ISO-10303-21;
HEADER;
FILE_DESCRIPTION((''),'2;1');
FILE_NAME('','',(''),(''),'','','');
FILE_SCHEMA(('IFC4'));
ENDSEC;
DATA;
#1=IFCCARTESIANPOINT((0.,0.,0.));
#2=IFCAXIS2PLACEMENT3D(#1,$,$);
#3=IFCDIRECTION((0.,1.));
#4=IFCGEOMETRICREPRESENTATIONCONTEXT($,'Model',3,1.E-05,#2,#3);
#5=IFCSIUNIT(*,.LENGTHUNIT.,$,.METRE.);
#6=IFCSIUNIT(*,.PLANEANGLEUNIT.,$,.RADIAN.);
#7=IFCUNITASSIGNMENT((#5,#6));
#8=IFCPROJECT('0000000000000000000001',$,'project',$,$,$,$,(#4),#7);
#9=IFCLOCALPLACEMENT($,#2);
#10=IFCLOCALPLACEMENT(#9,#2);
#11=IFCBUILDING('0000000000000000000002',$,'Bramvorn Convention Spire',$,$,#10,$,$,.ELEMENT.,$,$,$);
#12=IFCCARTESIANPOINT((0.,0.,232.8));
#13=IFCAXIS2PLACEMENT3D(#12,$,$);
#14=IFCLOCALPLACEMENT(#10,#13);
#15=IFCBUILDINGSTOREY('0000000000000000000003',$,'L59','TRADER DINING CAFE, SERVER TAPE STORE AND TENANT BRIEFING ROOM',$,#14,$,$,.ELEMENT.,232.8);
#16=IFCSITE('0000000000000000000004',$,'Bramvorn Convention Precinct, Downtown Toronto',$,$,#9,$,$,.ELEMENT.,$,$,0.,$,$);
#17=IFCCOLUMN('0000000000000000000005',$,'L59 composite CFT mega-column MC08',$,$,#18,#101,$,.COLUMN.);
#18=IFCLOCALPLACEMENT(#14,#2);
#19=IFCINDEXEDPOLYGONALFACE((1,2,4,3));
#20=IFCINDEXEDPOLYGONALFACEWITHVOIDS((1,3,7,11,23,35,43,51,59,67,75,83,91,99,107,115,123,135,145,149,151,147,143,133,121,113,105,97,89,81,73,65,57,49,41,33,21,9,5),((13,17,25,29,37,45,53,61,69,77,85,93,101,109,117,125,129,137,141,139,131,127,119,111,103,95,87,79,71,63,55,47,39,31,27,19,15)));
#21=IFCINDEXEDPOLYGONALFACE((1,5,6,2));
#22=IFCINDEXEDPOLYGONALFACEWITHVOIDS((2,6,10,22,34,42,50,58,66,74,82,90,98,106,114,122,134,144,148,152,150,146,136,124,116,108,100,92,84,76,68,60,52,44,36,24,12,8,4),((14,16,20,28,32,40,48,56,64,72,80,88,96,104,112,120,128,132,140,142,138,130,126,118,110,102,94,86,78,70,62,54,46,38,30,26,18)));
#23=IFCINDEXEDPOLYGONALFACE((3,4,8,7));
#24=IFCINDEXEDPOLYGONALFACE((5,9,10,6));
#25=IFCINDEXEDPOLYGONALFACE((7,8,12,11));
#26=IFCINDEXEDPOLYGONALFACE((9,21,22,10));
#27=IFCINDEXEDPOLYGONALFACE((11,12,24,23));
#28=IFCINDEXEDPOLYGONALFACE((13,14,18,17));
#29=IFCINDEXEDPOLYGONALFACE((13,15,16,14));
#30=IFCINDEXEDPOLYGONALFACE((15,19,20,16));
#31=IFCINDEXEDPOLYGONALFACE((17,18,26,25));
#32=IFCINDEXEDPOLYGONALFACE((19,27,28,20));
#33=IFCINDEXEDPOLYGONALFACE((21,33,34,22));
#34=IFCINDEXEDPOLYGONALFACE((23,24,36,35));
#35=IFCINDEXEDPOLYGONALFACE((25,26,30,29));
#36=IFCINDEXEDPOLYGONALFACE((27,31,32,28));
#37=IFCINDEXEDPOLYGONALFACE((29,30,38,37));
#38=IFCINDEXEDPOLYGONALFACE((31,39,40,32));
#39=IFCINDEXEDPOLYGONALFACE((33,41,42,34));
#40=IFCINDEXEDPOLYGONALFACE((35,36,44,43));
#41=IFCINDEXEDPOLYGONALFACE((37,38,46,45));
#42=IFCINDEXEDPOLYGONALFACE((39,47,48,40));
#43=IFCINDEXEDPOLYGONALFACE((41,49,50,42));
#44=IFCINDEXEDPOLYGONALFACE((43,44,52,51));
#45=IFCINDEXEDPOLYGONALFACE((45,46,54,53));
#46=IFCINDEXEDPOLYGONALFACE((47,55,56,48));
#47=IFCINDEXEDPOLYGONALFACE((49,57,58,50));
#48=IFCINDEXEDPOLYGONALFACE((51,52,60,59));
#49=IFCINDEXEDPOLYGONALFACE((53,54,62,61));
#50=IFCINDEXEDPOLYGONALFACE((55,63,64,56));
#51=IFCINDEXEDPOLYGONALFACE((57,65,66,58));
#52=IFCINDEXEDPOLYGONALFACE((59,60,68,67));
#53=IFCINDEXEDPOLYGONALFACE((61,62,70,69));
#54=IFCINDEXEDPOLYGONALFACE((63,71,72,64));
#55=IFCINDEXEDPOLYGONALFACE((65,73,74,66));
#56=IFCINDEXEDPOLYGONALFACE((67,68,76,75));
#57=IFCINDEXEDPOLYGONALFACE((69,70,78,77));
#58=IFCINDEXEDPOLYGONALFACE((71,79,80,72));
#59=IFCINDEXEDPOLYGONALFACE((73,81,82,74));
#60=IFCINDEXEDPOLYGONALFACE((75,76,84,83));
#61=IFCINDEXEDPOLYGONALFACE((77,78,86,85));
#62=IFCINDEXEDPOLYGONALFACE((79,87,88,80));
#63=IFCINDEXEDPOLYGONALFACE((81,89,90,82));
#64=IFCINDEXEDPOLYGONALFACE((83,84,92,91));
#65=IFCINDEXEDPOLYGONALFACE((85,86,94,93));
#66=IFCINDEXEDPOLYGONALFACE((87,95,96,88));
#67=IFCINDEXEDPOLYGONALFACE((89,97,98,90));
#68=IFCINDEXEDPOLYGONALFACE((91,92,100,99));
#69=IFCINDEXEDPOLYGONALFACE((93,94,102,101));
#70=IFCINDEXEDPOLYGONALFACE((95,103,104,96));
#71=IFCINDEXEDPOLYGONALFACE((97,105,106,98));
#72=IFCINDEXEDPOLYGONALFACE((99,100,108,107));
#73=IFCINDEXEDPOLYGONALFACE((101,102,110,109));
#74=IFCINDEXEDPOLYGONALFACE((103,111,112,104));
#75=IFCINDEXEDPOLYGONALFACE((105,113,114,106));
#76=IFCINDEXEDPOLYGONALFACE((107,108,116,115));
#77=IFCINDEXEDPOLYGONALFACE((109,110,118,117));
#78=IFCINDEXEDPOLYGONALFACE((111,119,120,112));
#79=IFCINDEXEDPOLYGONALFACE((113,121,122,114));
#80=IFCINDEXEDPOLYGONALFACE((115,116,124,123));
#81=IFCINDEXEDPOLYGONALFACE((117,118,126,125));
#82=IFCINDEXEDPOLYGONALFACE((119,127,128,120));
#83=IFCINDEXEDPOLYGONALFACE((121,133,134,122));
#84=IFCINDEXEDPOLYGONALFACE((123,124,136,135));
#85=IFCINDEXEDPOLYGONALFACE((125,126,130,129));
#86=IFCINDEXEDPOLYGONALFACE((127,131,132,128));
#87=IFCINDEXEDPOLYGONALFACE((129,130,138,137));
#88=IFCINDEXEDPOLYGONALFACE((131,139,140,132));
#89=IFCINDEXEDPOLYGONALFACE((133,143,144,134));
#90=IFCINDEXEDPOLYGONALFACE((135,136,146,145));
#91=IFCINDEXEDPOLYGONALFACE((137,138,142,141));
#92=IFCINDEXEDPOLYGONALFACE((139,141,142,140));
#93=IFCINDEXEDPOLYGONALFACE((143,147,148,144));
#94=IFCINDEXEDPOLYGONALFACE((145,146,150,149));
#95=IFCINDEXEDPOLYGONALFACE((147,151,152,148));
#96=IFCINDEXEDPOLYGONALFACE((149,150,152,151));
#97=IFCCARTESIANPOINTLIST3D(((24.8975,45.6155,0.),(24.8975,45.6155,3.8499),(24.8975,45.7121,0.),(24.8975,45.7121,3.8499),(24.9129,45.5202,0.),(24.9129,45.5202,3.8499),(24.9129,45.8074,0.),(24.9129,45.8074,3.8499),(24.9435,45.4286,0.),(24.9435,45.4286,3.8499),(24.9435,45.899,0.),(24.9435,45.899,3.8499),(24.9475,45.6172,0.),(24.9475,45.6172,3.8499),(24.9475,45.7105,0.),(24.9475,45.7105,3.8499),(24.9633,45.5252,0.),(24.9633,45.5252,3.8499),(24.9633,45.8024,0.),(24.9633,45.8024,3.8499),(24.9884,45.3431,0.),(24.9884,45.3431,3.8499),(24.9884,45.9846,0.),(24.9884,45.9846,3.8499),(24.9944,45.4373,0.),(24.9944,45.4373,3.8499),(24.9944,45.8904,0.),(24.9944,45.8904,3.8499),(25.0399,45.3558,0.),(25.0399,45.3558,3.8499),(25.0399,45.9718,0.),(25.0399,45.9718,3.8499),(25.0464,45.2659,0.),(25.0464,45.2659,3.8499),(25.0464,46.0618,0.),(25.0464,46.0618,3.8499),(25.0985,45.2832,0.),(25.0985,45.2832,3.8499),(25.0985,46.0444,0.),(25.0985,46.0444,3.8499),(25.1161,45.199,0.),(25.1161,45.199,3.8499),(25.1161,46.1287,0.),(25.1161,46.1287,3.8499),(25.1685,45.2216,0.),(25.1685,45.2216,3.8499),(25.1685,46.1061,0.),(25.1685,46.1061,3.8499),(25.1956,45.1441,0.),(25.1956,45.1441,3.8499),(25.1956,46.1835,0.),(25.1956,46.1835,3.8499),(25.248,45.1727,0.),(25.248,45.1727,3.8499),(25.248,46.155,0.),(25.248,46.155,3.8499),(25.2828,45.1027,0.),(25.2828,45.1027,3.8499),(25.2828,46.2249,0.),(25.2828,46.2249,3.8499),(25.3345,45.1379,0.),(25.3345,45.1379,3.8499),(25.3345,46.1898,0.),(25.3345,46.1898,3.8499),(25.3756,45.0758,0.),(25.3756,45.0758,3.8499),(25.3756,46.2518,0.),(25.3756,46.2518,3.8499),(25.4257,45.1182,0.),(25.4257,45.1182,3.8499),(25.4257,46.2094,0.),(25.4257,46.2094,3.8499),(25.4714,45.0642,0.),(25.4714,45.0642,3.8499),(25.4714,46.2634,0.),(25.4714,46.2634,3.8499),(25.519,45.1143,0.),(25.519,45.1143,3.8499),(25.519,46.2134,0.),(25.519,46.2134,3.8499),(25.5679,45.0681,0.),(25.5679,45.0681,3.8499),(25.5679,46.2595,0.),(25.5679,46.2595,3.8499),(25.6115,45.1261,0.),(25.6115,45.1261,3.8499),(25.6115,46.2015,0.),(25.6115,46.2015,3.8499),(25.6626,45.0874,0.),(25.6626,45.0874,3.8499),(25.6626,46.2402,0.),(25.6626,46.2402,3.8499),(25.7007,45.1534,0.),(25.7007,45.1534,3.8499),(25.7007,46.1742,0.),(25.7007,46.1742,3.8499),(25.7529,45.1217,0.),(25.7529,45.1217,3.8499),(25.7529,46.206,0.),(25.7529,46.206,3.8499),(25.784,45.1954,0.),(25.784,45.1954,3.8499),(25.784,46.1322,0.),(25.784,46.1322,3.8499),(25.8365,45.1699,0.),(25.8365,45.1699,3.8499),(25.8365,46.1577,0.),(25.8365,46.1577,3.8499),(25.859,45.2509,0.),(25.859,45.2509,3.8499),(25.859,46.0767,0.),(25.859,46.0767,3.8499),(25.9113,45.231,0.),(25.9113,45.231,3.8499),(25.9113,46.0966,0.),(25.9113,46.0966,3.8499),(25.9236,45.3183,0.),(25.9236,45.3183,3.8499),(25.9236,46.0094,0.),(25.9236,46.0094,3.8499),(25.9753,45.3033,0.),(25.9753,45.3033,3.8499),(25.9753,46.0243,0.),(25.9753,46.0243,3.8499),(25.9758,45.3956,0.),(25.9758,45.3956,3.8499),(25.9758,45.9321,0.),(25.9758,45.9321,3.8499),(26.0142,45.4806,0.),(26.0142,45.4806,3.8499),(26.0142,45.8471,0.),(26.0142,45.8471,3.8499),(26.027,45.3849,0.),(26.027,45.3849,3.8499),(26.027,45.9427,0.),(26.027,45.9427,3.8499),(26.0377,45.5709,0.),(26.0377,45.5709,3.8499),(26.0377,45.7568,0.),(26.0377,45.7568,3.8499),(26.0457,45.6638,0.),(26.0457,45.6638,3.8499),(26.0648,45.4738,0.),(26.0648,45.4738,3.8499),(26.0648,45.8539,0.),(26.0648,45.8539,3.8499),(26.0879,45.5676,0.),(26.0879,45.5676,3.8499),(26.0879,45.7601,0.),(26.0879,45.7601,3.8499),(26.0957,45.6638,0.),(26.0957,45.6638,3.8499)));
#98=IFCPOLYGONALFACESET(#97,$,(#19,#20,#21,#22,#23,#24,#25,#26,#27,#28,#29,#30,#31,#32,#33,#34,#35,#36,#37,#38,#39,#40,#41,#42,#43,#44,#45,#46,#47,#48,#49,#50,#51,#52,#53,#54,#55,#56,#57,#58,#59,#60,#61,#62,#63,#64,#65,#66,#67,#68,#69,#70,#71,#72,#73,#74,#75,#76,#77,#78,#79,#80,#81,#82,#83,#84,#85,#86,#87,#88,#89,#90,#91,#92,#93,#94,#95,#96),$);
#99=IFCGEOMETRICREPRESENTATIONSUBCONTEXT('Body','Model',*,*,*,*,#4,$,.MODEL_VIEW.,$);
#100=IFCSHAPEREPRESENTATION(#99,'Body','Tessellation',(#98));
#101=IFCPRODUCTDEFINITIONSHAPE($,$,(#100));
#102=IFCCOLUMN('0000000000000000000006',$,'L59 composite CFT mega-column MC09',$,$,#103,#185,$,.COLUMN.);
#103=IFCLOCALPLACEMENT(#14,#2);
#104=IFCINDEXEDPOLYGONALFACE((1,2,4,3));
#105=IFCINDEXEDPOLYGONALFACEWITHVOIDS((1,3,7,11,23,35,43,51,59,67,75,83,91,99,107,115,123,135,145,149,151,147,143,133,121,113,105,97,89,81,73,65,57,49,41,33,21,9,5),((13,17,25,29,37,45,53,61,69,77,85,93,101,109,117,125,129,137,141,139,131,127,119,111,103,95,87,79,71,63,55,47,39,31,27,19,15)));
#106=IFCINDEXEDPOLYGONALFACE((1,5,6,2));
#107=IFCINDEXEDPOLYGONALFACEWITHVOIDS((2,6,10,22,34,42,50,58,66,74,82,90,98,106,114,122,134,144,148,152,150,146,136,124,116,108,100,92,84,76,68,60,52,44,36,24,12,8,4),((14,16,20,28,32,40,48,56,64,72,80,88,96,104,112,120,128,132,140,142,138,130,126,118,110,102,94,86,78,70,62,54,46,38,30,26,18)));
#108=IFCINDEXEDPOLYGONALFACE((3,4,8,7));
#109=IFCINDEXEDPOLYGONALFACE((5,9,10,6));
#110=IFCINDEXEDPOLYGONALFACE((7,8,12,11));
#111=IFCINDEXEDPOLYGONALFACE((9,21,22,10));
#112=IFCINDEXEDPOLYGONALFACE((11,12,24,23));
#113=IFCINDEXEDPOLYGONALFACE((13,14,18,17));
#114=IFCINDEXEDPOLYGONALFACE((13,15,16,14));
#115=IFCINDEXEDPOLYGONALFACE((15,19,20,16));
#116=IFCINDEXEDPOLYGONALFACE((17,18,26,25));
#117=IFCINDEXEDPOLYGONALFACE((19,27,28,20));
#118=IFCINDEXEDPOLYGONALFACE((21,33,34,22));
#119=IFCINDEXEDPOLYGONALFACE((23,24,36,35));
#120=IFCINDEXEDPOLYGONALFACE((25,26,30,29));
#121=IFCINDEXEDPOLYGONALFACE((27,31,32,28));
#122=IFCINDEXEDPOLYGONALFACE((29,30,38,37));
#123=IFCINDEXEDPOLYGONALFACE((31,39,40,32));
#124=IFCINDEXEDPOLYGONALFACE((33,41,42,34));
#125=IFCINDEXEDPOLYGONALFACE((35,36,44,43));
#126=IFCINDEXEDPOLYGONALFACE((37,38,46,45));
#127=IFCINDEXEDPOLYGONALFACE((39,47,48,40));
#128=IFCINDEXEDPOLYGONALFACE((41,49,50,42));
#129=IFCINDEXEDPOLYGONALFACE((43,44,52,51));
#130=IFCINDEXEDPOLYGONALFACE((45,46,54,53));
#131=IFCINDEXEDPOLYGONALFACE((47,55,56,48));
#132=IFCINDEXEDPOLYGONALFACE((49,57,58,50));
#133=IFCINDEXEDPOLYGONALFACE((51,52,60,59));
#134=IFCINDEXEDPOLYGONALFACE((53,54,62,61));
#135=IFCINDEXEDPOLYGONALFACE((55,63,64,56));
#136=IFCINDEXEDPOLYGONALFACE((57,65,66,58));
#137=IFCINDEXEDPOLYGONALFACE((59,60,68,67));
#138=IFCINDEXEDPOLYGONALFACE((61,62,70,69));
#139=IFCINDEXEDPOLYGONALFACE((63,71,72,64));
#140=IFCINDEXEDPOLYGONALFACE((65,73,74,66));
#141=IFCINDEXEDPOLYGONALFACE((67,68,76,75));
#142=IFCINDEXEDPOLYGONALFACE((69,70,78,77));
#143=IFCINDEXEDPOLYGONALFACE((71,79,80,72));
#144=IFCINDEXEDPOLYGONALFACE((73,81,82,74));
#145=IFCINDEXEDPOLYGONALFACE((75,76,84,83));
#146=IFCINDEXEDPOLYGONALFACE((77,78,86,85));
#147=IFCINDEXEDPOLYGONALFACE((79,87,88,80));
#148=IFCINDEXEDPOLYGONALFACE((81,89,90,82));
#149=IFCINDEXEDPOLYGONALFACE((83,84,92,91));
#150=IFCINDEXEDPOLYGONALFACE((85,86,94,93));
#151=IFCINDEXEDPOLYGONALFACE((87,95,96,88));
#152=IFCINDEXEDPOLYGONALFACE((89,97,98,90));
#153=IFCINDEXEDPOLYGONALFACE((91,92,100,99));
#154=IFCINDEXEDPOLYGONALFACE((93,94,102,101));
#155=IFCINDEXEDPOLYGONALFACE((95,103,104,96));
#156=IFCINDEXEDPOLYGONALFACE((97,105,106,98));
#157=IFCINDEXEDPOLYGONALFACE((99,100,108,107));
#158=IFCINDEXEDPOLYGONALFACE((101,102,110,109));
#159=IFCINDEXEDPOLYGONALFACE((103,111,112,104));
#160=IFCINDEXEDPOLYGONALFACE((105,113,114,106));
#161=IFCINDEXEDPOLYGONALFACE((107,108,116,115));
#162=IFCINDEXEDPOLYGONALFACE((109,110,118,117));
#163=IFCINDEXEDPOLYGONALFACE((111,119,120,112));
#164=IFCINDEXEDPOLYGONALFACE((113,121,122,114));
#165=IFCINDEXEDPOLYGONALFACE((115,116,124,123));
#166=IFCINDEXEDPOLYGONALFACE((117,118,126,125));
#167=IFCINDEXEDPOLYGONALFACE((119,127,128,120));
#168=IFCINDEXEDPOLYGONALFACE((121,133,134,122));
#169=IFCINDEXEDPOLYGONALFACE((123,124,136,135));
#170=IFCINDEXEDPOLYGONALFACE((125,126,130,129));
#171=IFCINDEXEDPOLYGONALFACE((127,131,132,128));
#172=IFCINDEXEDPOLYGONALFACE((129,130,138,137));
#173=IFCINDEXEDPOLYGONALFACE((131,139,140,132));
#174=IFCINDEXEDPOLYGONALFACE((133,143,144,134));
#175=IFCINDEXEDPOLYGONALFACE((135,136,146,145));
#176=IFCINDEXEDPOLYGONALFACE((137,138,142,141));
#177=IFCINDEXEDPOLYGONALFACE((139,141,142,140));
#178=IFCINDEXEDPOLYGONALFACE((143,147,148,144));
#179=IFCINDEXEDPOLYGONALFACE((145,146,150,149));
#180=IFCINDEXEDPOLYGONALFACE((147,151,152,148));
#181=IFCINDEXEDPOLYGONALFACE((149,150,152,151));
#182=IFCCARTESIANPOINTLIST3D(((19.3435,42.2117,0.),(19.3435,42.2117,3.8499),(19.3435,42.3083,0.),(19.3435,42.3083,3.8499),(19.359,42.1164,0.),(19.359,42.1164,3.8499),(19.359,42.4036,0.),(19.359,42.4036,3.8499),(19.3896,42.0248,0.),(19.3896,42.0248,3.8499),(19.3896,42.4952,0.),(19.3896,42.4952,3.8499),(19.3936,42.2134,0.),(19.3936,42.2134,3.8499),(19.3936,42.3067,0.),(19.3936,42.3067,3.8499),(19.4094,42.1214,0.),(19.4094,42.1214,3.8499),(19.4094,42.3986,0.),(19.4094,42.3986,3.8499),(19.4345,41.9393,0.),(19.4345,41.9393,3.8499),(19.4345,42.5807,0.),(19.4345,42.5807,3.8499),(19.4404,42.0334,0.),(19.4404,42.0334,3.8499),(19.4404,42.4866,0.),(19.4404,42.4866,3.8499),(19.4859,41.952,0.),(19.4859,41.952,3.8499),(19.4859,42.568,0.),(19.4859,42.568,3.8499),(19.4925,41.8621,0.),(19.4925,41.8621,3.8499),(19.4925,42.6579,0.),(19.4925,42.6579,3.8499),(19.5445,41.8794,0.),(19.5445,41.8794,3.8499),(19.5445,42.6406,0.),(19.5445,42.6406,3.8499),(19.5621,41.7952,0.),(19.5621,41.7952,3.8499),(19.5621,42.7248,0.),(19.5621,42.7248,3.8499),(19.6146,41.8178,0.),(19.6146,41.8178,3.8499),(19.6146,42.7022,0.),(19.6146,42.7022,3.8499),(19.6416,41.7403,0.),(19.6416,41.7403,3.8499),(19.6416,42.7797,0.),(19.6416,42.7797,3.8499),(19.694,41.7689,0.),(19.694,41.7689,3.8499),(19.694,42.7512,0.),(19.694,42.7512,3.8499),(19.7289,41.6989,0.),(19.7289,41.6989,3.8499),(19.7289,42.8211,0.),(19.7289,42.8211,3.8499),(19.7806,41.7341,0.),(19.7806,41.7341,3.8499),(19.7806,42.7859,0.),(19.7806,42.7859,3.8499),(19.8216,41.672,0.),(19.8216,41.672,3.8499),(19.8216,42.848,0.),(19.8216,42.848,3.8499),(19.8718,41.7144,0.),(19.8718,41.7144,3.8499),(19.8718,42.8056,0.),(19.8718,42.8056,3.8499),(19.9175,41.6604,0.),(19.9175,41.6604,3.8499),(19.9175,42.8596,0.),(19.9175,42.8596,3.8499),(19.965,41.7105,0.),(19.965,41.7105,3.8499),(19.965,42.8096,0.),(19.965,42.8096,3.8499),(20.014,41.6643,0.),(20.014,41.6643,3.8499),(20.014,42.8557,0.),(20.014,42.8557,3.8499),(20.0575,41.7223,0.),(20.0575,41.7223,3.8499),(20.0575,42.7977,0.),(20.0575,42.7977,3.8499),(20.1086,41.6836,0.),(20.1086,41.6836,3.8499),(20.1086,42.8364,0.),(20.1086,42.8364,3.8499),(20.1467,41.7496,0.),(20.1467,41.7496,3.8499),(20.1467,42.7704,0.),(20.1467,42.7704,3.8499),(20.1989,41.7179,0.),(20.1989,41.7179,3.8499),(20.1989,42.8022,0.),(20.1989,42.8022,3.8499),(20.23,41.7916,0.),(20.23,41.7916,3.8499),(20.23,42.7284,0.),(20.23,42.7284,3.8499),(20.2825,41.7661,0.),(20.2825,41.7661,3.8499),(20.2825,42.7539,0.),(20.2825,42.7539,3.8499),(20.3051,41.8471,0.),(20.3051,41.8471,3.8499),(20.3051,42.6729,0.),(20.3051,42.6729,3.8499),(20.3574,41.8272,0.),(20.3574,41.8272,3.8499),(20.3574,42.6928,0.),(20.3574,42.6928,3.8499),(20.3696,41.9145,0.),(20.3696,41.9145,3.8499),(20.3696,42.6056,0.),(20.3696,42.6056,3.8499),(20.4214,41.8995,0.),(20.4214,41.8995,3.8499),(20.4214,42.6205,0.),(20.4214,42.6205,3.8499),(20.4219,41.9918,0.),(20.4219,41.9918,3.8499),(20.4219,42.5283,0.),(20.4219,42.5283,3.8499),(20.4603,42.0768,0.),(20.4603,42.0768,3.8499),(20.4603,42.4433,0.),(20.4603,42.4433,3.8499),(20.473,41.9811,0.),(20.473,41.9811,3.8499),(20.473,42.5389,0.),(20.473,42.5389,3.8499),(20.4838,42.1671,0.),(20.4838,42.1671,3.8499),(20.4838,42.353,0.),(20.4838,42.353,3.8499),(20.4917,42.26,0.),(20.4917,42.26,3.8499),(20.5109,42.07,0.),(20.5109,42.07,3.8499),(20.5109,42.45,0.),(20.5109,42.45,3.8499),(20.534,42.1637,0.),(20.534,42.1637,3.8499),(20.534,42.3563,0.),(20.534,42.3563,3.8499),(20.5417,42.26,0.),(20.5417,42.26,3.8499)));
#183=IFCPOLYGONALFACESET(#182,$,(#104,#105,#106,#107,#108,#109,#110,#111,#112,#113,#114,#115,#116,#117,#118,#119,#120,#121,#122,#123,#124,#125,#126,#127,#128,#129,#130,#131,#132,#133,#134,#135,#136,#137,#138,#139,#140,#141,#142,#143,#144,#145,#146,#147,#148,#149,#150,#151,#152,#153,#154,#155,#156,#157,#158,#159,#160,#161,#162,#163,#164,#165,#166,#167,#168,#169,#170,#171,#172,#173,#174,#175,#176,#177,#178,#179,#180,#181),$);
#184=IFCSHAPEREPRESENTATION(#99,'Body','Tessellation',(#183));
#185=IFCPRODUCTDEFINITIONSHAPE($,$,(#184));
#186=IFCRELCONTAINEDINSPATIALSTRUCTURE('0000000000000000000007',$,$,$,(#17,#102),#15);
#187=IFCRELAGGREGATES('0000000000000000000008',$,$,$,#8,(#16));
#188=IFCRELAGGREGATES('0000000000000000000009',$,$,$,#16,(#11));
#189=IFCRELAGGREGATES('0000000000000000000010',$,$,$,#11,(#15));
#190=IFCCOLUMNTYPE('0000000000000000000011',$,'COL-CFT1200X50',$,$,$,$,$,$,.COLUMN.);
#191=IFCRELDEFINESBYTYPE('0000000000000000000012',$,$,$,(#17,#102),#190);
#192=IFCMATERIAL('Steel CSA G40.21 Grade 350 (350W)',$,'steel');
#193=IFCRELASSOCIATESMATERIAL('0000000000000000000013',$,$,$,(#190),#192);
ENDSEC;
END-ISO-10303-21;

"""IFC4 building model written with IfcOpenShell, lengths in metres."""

from ifc_helpers import new_model, si_unit, direction, frame, origin, origin_2d, place, context, subcontext, project, spatial, hollow_circle, extrude, material, material_profile, profile_set, type_object, element, save


model = new_model("IFC4")

# Units and contexts
model_context = context("Model", 3, precision=1e-05, world=origin(), true_north=direction((0.0, 1.0)))
body_context = subcontext(model_context, "Body", "Model", "MODEL_VIEW")
ifc_project = project(units=[si_unit("LENGTHUNIT", "METRE"), si_unit("PLANEANGLEUNIT", "RADIAN")], contexts=[model_context])

# Site, building, storey
site_placement = place(None, origin())
site = spatial("IfcSite", under=ifc_project, at=site_placement, Name="Bramvorn Convention Precinct, Downtown Toronto", CompositionType="ELEMENT", RefElevation=0.0)
building_placement = place(site_placement, origin())
building = spatial("IfcBuilding", under=site, at=building_placement, Name="Bramvorn Convention Spire", CompositionType="ELEMENT")
storey_placement = place(building_placement, frame((0.0, 0.0, 232.8)))
storey = spatial("IfcBuildingStorey", under=building, at=storey_placement, Name="L59", Description="TRADER DINING CAFE, SERVER TAPE STORE AND TENANT BRIEFING ROOM", CompositionType="ELEMENT", Elevation=232.8)

# Columns
ifc_material_1 = material(Name="Steel CSA G40.21 Grade 350 (350W)", Category="steel")
ifc_material_profile_1 = material_profile(ifc_material_1, hollow_circle(Radius=0.6001, WallThickness=0.05, at=origin_2d()))
ifc_profile_set_1 = profile_set([ifc_material_profile_1], Name="Steel CSA G40.21 Grade 350 (350W) - CFT1200X50")
column_type = type_object("IfcColumnType", Name="COL-CFT1200X50", PredefinedType="COLUMN", material=ifc_profile_set_1)
for number, where, z_axis, x_axis, name in (
    (1, (25.4956, 45.6638, 0.0), (0.0, 0.0, 1.0), (1.0, 0.0, 0.0), "L59 composite CFT mega-column MC08"),
    (2, (19.9417, 42.26, 0.0), (0.0, 0.0, 1.0), (1.0, 0.0, 0.0), "L59 composite CFT mega-column MC09"),
):
    element("IfcColumn", number, at=place(storey_placement, frame(where, z_axis=z_axis, x_axis=x_axis)), inside=storey, type_object=column_type, Name=name, PredefinedType="COLUMN", context=body_context, shape_type="SweptSolid", body=[
        extrude(hollow_circle(Radius=0.6001, WallThickness=0.05, at=origin_2d()), origin(), (0.0, 0.0, 1.0), 3.8499),
    ])

save(model, "model.ifc")
